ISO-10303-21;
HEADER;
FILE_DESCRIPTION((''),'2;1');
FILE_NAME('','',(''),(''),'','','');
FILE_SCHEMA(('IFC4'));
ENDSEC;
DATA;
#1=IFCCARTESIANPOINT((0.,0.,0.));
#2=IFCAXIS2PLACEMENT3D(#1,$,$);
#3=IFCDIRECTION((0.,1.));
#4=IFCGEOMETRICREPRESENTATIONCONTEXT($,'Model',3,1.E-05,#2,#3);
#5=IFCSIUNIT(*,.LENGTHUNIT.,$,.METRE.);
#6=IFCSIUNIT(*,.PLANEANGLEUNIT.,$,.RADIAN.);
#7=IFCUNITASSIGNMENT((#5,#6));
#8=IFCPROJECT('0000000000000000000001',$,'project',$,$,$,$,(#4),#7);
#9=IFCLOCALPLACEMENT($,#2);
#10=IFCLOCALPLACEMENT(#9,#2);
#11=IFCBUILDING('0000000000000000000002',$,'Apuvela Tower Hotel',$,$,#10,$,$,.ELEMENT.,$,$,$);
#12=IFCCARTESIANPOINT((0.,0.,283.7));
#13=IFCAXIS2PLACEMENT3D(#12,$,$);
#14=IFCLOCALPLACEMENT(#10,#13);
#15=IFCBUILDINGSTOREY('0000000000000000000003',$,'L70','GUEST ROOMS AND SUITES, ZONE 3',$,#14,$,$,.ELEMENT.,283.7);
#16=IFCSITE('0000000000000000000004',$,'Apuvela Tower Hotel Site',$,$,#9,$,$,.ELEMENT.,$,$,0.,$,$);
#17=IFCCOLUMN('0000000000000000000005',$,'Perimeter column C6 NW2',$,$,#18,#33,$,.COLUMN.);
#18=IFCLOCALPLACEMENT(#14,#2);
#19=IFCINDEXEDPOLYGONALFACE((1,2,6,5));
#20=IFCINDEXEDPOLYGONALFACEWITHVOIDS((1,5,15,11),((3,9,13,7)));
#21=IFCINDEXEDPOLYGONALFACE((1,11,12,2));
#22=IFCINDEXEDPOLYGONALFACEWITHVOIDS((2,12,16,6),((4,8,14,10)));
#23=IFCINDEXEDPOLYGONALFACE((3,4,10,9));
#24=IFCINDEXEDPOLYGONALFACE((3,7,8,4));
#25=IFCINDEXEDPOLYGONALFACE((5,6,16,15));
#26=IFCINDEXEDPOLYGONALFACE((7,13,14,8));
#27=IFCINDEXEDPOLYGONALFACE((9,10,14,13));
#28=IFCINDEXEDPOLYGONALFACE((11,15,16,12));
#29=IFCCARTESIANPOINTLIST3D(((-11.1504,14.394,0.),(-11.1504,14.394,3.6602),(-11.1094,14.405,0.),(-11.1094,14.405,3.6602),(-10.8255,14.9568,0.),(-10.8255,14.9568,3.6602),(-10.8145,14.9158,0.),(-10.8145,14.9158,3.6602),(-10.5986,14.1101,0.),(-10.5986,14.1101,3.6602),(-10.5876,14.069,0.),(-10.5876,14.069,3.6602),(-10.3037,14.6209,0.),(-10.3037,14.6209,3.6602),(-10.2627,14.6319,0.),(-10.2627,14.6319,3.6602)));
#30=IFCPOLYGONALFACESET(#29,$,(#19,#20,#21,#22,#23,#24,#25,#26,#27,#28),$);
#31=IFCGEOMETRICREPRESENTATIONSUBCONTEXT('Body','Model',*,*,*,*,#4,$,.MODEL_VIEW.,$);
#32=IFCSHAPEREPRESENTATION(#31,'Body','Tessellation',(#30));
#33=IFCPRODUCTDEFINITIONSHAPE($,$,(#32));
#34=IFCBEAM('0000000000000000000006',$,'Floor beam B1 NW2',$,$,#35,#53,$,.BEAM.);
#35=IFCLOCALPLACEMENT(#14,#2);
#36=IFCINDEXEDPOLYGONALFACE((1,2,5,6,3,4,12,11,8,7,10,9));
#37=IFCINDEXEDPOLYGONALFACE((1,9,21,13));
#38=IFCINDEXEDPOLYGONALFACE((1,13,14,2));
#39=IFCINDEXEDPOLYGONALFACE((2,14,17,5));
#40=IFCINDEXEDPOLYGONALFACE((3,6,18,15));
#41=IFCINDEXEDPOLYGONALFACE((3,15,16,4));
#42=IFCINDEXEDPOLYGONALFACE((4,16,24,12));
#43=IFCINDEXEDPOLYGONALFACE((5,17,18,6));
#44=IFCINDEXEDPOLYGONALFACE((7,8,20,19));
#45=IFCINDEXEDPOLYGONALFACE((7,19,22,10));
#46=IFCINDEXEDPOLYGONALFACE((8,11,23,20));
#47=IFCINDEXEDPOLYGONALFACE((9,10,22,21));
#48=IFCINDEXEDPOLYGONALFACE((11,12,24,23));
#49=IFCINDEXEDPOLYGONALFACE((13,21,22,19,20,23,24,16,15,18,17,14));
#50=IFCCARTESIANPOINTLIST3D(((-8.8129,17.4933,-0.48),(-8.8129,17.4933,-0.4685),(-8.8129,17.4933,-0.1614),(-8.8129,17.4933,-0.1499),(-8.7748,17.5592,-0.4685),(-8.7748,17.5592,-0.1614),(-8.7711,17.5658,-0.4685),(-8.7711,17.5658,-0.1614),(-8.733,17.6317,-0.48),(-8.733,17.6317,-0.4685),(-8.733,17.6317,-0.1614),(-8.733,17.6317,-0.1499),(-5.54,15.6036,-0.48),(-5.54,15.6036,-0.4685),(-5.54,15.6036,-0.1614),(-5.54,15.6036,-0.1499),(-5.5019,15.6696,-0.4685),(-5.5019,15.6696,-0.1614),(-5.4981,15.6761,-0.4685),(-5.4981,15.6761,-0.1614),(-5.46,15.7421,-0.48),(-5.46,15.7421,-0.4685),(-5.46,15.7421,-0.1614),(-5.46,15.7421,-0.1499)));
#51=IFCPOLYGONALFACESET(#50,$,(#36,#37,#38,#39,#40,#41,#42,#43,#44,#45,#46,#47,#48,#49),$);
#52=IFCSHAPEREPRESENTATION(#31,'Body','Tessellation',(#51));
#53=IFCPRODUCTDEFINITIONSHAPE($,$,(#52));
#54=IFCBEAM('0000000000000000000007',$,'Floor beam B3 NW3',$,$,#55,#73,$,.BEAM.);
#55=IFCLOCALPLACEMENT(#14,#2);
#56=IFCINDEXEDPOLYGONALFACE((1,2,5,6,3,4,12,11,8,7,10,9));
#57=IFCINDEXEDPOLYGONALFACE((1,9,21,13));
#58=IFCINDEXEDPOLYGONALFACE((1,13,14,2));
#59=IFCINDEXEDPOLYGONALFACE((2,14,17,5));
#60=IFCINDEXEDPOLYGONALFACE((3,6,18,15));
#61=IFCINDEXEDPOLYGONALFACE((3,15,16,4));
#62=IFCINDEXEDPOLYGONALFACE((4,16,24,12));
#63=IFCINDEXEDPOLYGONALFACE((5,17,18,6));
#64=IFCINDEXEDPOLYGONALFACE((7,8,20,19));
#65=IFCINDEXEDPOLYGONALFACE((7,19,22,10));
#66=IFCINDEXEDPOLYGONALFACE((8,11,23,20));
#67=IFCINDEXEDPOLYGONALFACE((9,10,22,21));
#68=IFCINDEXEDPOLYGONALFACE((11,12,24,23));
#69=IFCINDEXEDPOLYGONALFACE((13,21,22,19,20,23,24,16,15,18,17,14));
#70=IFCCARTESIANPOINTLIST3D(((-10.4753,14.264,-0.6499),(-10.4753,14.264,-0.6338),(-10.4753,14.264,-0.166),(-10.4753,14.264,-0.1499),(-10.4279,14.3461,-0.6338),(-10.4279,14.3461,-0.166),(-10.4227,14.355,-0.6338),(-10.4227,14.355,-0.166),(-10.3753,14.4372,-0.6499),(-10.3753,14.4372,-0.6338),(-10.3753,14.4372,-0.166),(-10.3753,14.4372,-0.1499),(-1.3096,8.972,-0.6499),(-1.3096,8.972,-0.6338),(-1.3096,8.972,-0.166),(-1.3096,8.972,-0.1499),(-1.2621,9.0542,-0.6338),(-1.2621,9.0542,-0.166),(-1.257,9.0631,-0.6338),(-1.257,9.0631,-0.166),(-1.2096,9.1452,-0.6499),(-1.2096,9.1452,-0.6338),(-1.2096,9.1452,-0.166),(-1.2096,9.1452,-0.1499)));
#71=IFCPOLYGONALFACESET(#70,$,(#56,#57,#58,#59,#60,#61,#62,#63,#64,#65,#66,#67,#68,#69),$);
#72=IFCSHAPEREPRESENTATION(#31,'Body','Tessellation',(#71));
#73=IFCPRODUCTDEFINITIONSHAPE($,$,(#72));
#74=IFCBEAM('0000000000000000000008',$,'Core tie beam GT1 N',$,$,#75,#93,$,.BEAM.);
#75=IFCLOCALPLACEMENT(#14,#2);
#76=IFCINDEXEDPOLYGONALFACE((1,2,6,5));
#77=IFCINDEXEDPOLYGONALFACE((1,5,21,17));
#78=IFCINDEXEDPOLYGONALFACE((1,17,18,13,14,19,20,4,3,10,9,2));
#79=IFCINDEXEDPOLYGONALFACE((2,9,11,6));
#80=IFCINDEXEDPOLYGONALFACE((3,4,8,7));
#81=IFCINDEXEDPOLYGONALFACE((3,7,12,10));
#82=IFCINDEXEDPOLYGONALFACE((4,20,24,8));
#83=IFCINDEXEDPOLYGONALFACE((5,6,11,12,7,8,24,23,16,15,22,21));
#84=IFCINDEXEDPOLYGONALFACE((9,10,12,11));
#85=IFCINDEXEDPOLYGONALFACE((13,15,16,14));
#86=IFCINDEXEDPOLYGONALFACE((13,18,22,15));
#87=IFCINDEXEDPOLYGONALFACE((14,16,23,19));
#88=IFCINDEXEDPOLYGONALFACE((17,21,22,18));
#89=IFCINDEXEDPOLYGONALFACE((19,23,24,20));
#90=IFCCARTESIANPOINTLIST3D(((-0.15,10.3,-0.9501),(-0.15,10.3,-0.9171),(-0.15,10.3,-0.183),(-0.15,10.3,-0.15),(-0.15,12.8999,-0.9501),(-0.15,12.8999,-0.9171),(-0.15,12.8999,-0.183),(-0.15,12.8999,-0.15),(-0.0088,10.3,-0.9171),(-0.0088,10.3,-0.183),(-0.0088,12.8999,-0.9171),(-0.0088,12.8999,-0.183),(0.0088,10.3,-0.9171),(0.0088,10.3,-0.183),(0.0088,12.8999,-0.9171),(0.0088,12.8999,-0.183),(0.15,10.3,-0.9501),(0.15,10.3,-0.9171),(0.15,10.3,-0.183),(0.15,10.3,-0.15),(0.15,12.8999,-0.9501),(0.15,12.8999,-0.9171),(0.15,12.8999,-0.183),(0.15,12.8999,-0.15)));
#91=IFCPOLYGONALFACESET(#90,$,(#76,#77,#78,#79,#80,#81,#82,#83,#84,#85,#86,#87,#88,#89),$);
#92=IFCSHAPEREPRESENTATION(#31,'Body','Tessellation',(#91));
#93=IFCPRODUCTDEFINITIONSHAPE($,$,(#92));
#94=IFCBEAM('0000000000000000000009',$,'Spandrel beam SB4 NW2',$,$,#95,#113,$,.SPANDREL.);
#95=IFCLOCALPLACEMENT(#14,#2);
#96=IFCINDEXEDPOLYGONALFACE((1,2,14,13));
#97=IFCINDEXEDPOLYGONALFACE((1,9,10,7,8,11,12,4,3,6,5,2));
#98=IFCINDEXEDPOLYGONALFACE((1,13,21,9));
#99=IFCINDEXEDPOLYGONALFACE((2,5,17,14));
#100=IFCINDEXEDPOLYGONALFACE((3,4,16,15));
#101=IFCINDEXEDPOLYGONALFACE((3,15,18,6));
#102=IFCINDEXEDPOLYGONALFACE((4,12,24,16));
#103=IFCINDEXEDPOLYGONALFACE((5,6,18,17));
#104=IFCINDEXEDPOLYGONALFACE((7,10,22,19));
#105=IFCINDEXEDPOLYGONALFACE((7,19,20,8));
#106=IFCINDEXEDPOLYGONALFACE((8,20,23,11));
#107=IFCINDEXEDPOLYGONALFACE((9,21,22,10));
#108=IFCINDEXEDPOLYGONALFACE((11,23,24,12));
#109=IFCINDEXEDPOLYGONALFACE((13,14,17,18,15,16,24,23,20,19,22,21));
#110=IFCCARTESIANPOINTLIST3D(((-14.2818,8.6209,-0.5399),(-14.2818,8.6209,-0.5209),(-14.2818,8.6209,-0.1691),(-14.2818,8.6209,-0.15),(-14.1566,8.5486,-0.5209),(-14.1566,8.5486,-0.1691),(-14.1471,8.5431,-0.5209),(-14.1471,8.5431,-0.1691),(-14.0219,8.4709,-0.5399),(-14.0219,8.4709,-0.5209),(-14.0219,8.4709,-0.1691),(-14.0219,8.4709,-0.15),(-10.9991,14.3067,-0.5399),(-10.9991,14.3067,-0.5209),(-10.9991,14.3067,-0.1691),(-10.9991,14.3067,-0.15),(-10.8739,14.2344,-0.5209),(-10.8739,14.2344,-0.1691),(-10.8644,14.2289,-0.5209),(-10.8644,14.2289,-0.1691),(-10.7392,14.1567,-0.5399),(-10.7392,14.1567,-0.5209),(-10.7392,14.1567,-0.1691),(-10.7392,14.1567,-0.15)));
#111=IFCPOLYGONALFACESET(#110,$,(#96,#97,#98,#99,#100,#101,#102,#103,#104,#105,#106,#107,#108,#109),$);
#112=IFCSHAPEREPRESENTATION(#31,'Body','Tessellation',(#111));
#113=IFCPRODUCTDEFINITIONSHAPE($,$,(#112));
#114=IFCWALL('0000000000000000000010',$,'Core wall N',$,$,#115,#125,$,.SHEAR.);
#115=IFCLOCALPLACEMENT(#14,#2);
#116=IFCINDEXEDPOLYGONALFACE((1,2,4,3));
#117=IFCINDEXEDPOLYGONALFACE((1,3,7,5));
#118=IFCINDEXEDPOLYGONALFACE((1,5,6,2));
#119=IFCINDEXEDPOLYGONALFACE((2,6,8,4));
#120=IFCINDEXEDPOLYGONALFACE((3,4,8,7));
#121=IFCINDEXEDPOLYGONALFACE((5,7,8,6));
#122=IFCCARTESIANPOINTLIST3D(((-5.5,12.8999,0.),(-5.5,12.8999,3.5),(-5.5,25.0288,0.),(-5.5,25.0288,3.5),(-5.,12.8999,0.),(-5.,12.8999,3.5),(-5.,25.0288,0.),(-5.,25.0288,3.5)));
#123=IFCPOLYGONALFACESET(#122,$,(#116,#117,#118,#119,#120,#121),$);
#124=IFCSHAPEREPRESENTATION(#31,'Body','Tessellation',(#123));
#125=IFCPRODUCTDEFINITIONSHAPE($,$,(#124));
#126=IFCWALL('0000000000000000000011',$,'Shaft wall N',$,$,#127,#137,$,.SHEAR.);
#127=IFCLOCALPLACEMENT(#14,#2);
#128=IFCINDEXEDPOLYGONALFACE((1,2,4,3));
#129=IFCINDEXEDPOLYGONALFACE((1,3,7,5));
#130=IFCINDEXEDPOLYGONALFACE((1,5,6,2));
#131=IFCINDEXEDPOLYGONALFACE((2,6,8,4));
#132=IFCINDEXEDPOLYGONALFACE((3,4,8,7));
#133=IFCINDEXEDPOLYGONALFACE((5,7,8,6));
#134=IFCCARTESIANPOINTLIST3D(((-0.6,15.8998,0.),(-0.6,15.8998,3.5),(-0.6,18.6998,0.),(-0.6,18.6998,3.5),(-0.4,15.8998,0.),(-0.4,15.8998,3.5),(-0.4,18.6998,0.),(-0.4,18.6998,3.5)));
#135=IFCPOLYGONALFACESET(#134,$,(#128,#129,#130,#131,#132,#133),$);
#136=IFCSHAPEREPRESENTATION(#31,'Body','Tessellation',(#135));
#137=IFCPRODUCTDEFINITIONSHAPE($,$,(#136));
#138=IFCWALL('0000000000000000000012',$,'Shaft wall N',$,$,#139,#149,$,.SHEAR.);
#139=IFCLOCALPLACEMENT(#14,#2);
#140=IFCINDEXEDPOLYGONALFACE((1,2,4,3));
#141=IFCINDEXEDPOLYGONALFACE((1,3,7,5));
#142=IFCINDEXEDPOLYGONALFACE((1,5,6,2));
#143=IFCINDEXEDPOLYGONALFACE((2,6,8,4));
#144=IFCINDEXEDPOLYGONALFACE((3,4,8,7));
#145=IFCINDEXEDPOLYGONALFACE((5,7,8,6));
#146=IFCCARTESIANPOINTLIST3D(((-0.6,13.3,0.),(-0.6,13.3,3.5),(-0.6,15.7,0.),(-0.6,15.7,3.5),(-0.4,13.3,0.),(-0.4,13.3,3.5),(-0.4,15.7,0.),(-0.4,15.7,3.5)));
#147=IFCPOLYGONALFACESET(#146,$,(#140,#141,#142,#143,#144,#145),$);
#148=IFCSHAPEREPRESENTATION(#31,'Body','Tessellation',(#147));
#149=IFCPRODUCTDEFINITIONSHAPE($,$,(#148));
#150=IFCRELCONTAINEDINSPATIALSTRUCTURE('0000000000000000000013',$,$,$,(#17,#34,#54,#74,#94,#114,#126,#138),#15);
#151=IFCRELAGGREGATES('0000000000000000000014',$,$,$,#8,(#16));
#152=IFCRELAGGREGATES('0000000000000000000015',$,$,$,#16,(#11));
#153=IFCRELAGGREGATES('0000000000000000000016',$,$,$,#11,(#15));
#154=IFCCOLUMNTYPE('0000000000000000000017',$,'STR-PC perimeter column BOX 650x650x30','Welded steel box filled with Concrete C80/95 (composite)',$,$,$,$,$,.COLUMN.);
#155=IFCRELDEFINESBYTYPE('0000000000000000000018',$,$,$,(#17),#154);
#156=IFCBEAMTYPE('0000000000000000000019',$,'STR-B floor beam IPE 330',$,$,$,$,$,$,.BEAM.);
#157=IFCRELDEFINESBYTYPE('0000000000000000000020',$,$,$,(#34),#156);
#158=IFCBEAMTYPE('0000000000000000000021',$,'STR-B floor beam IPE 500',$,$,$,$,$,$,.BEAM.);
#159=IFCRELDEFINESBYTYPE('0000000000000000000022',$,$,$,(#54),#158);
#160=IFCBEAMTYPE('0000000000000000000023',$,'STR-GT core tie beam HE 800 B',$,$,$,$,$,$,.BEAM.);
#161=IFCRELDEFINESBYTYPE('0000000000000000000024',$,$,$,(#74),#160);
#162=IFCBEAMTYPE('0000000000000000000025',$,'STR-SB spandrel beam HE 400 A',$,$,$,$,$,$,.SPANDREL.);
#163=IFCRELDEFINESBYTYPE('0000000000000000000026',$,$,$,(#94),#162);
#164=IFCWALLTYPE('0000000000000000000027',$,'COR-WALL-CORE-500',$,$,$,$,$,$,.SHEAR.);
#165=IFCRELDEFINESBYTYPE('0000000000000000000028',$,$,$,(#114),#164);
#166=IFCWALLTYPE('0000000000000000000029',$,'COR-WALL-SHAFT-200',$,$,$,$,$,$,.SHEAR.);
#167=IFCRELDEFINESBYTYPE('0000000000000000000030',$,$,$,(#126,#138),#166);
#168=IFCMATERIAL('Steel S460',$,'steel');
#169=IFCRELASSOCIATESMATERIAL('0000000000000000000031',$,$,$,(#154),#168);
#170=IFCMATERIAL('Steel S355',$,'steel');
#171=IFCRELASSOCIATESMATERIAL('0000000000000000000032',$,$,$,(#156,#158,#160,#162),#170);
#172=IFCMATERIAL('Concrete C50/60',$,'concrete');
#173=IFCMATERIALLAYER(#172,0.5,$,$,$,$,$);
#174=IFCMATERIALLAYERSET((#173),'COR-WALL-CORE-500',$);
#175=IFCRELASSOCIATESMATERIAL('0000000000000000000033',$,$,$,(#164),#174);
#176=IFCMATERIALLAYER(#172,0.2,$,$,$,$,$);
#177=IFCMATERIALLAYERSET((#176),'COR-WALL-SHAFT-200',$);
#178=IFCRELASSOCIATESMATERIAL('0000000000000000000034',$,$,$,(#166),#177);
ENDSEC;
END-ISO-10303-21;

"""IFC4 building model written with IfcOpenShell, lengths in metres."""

from ifc_helpers import new_model, si_unit, direction, frame, frame_2d, origin, origin_2d, place, context, subcontext, project, spatial, rectangle, hollow_rectangle, i_section, extrude, boolean, halfspace, material, layer, layer_set, material_profile, profile_set, type_object, element, save


model = new_model("IFC4")

# Units and contexts
model_context = context("Model", 3, precision=1e-05, world=origin(), true_north=direction((0.0, 1.0)))
body_context = subcontext(model_context, "Body", "Model", "MODEL_VIEW")
ifc_project = project(units=[si_unit("LENGTHUNIT", "METRE"), si_unit("PLANEANGLEUNIT", "RADIAN")], contexts=[model_context])

# Site, building, storey
site_placement = place(None, origin())
site = spatial("IfcSite", under=ifc_project, at=site_placement, Name="Apuvela Tower Hotel Site", CompositionType="ELEMENT", RefElevation=0.0)
building_placement = place(site_placement, origin())
building = spatial("IfcBuilding", under=site, at=building_placement, Name="Apuvela Tower Hotel", CompositionType="ELEMENT")
storey_placement = place(building_placement, frame((0.0, 0.0, 283.7)))
storey = spatial("IfcBuildingStorey", under=building, at=storey_placement, Name="L70", Description="GUEST ROOMS AND SUITES, ZONE 3", CompositionType="ELEMENT", Elevation=283.7)

# Column
ifc_material_1 = material(Name="Steel S460", Category="steel")
ifc_material_profile_1 = material_profile(ifc_material_1, hollow_rectangle(XDim=0.6499, YDim=0.6499, WallThickness=0.03, at=origin_2d()), Name="BOX 650x650x30")
ifc_material_2 = material(Name="Concrete C80/95", Category="concrete")
ifc_material_profile_2 = material_profile(ifc_material_2, rectangle(XDim=0.5901, YDim=0.5901, at=origin_2d()), Name="Concrete C80/95 infill")
ifc_profile_set_1 = profile_set([ifc_material_profile_1, ifc_material_profile_2], Name="Steel S460")
column_type = type_object("IfcColumnType", Name="STR-PC perimeter column BOX 650x650x30", Description="Welded steel box filled with Concrete C80/95 (composite)", PredefinedType="COLUMN", material=ifc_profile_set_1)
column_placement = place(storey_placement, frame((-10.7065, 14.5129, 0.0), z_axis=(0.0, 0.0, 1.0), x_axis=(0.5, 0.866025, 0.0)))
element("IfcColumn", 1, at=column_placement, inside=storey, type_object=column_type, Name="Perimeter column C6 NW2", PredefinedType="COLUMN", context=body_context, shape_type="SweptSolid", body=[
    boolean("DIFFERENCE", extrude(hollow_rectangle(XDim=0.6499, YDim=0.6499, WallThickness=0.03, at=origin_2d()), origin(), (0.0, 0.0, 1.0), 3.7), halfspace(frame((0.0, 0.0, 3.6602), z_axis=(0.0, 0.0, 1.0), x_axis=(1.0, 0.0, 0.0)), False)),
])

# Beams
ifc_material_3 = material(Name="Steel S355", Category="steel")
ifc_material_profile_3 = material_profile(ifc_material_3, i_section(OverallWidth=0.1599, OverallDepth=0.3301, WebThickness=0.0076, FlangeThickness=0.0115, at=origin_2d()), Name="IPE 330")
ifc_profile_set_2 = profile_set([ifc_material_profile_3], Name="Steel S355")
beam_type_1 = type_object("IfcBeamType", Name="STR-B floor beam IPE 330", PredefinedType="BEAM", material=ifc_profile_set_2)
beam_1_placement = place(storey_placement, frame((-8.7729, 17.5625, -0.3149), z_axis=(0.866024, -0.500002, 0.0), x_axis=(0.500002, 0.866024, 0.0)))
element("IfcBeam", 2, at=beam_1_placement, inside=storey, type_object=beam_type_1, Name="Floor beam B1 NW2", PredefinedType="BEAM", context=body_context, shape_type="SweptSolid", body=[
    extrude(i_section(OverallWidth=0.1599, OverallDepth=0.3301, WebThickness=0.0076, FlangeThickness=0.0115, at=origin_2d()), origin(), (0.0, 0.0, 1.0), 3.7793),
])
ifc_material_profile_4 = material_profile(ifc_material_3, i_section(OverallWidth=0.2, OverallDepth=0.5, WebThickness=0.0103, FlangeThickness=0.0161, at=origin_2d()), Name="IPE 500")
ifc_profile_set_3 = profile_set([ifc_material_profile_4], Name="Steel S355")
beam_type_2 = type_object("IfcBeamType", Name="STR-B floor beam IPE 500", PredefinedType="BEAM", material=ifc_profile_set_3)
beam_2_placement = place(storey_placement, frame((-10.4253, 14.3506, -0.3999), z_axis=(0.86602, -0.500009, 0.0), x_axis=(0.500009, 0.86602, 0.0)))
element("IfcBeam", 3, at=beam_2_placement, inside=storey, type_object=beam_type_2, Name="Floor beam B3 NW3", PredefinedType="BEAM", context=body_context, shape_type="SweptSolid", body=[
    extrude(i_section(OverallWidth=0.2, OverallDepth=0.5, WebThickness=0.0103, FlangeThickness=0.0161, at=origin_2d()), origin(), (0.0, 0.0, 1.0), 10.5837),
])
ifc_material_profile_5 = material_profile(ifc_material_3, i_section(OverallWidth=0.3, OverallDepth=0.8, WebThickness=0.0176, FlangeThickness=0.033, at=origin_2d()), Name="HE 800 B")
ifc_profile_set_4 = profile_set([ifc_material_profile_5], Name="Steel S355")
beam_type_3 = type_object("IfcBeamType", Name="STR-GT core tie beam HE 800 B", PredefinedType="BEAM", material=ifc_profile_set_4)
beam_3_placement = place(storey_placement, frame((0.0, 12.8999, -0.55), z_axis=(0.0, -1.0, 0.0), x_axis=(1.0, 0.0, 0.0)))
element("IfcBeam", 4, at=beam_3_placement, inside=storey, type_object=beam_type_3, Name="Core tie beam GT1 N", PredefinedType="BEAM", context=body_context, shape_type="SweptSolid", body=[
    extrude(i_section(OverallWidth=0.3, OverallDepth=0.8, WebThickness=0.0176, FlangeThickness=0.033, at=origin_2d()), origin(), (0.0, 0.0, 1.0), 2.5999),
])
ifc_material_profile_6 = material_profile(ifc_material_3, i_section(OverallWidth=0.3, OverallDepth=0.3899, WebThickness=0.011, FlangeThickness=0.019, at=origin_2d()), Name="HE 400 A")
ifc_profile_set_5 = profile_set([ifc_material_profile_6], Name="Steel S355")
beam_type_4 = type_object("IfcBeamType", Name="STR-SB spandrel beam HE 400 A", PredefinedType="SPANDREL", material=ifc_profile_set_5)
beam_4_placement = place(storey_placement, frame((-10.8691, 14.2317, -0.345), z_axis=(-0.500002, -0.866024, 0.0), x_axis=(0.866024, -0.500002, 0.0)))
element("IfcBeam", 5, at=beam_4_placement, inside=storey, type_object=beam_type_4, Name="Spandrel beam SB4 NW2", PredefinedType="SPANDREL", context=body_context, shape_type="SweptSolid", body=[
    extrude(i_section(OverallWidth=0.3, OverallDepth=0.3899, WebThickness=0.011, FlangeThickness=0.019, at=origin_2d()), origin(), (0.0, 0.0, 1.0), 6.5654),
])

# Walls
ifc_material_4 = material(Name="Concrete C50/60", Category="concrete")
ifc_layer_1 = layer(ifc_material_4, 0.5)
ifc_layer_set_1 = layer_set([ifc_layer_1], Name="COR-WALL-CORE-500")
wall_type_1 = type_object("IfcWallType", Name="COR-WALL-CORE-500", PredefinedType="SHEAR", material=ifc_layer_set_1)
wall_1_placement = place(storey_placement, frame((-5.25, 12.8999, 0.0), z_axis=(0.0, 0.0, 1.0), x_axis=(0.0, 1.0, 0.0)))
element("IfcWall", 6, at=wall_1_placement, inside=storey, type_object=wall_type_1, Name="Core wall N", PredefinedType="SHEAR", context=body_context, shape_type="SweptSolid", body=[
    extrude(rectangle(XDim=12.1289, YDim=0.5, at=frame_2d((6.0645, 0.0))), origin(), (0.0, 0.0, 1.0), 3.5),
])
ifc_layer_2 = layer(ifc_material_4, 0.2)
ifc_layer_set_2 = layer_set([ifc_layer_2], Name="COR-WALL-SHAFT-200")
wall_type_2 = type_object("IfcWallType", Name="COR-WALL-SHAFT-200", PredefinedType="SHEAR", material=ifc_layer_set_2)
wall_2_placement = place(storey_placement, frame((-0.5, 15.8999, 0.0), z_axis=(0.0, 0.0, 1.0), x_axis=(0.0, 1.0, 0.0)))
element("IfcWall", 7, at=wall_2_placement, inside=storey, type_object=wall_type_2, Name="Shaft wall N", PredefinedType="SHEAR", context=body_context, shape_type="SweptSolid", body=[
    extrude(rectangle(XDim=2.8, YDim=0.2, at=frame_2d((1.3999, 0.0))), origin(), (0.0, 0.0, 1.0), 3.5),
])
wall_3_placement = place(storey_placement, frame((-0.5, 13.3, 0.0), z_axis=(0.0, 0.0, 1.0), x_axis=(0.0, 1.0, 0.0)))
element("IfcWall", 8, at=wall_3_placement, inside=storey, type_object=wall_type_2, Name="Shaft wall N", PredefinedType="SHEAR", context=body_context, shape_type="SweptSolid", body=[
    extrude(rectangle(XDim=2.3999, YDim=0.2, at=frame_2d((1.2, 0.0))), origin(), (0.0, 0.0, 1.0), 3.5),
])

save(model, "model.ifc")
